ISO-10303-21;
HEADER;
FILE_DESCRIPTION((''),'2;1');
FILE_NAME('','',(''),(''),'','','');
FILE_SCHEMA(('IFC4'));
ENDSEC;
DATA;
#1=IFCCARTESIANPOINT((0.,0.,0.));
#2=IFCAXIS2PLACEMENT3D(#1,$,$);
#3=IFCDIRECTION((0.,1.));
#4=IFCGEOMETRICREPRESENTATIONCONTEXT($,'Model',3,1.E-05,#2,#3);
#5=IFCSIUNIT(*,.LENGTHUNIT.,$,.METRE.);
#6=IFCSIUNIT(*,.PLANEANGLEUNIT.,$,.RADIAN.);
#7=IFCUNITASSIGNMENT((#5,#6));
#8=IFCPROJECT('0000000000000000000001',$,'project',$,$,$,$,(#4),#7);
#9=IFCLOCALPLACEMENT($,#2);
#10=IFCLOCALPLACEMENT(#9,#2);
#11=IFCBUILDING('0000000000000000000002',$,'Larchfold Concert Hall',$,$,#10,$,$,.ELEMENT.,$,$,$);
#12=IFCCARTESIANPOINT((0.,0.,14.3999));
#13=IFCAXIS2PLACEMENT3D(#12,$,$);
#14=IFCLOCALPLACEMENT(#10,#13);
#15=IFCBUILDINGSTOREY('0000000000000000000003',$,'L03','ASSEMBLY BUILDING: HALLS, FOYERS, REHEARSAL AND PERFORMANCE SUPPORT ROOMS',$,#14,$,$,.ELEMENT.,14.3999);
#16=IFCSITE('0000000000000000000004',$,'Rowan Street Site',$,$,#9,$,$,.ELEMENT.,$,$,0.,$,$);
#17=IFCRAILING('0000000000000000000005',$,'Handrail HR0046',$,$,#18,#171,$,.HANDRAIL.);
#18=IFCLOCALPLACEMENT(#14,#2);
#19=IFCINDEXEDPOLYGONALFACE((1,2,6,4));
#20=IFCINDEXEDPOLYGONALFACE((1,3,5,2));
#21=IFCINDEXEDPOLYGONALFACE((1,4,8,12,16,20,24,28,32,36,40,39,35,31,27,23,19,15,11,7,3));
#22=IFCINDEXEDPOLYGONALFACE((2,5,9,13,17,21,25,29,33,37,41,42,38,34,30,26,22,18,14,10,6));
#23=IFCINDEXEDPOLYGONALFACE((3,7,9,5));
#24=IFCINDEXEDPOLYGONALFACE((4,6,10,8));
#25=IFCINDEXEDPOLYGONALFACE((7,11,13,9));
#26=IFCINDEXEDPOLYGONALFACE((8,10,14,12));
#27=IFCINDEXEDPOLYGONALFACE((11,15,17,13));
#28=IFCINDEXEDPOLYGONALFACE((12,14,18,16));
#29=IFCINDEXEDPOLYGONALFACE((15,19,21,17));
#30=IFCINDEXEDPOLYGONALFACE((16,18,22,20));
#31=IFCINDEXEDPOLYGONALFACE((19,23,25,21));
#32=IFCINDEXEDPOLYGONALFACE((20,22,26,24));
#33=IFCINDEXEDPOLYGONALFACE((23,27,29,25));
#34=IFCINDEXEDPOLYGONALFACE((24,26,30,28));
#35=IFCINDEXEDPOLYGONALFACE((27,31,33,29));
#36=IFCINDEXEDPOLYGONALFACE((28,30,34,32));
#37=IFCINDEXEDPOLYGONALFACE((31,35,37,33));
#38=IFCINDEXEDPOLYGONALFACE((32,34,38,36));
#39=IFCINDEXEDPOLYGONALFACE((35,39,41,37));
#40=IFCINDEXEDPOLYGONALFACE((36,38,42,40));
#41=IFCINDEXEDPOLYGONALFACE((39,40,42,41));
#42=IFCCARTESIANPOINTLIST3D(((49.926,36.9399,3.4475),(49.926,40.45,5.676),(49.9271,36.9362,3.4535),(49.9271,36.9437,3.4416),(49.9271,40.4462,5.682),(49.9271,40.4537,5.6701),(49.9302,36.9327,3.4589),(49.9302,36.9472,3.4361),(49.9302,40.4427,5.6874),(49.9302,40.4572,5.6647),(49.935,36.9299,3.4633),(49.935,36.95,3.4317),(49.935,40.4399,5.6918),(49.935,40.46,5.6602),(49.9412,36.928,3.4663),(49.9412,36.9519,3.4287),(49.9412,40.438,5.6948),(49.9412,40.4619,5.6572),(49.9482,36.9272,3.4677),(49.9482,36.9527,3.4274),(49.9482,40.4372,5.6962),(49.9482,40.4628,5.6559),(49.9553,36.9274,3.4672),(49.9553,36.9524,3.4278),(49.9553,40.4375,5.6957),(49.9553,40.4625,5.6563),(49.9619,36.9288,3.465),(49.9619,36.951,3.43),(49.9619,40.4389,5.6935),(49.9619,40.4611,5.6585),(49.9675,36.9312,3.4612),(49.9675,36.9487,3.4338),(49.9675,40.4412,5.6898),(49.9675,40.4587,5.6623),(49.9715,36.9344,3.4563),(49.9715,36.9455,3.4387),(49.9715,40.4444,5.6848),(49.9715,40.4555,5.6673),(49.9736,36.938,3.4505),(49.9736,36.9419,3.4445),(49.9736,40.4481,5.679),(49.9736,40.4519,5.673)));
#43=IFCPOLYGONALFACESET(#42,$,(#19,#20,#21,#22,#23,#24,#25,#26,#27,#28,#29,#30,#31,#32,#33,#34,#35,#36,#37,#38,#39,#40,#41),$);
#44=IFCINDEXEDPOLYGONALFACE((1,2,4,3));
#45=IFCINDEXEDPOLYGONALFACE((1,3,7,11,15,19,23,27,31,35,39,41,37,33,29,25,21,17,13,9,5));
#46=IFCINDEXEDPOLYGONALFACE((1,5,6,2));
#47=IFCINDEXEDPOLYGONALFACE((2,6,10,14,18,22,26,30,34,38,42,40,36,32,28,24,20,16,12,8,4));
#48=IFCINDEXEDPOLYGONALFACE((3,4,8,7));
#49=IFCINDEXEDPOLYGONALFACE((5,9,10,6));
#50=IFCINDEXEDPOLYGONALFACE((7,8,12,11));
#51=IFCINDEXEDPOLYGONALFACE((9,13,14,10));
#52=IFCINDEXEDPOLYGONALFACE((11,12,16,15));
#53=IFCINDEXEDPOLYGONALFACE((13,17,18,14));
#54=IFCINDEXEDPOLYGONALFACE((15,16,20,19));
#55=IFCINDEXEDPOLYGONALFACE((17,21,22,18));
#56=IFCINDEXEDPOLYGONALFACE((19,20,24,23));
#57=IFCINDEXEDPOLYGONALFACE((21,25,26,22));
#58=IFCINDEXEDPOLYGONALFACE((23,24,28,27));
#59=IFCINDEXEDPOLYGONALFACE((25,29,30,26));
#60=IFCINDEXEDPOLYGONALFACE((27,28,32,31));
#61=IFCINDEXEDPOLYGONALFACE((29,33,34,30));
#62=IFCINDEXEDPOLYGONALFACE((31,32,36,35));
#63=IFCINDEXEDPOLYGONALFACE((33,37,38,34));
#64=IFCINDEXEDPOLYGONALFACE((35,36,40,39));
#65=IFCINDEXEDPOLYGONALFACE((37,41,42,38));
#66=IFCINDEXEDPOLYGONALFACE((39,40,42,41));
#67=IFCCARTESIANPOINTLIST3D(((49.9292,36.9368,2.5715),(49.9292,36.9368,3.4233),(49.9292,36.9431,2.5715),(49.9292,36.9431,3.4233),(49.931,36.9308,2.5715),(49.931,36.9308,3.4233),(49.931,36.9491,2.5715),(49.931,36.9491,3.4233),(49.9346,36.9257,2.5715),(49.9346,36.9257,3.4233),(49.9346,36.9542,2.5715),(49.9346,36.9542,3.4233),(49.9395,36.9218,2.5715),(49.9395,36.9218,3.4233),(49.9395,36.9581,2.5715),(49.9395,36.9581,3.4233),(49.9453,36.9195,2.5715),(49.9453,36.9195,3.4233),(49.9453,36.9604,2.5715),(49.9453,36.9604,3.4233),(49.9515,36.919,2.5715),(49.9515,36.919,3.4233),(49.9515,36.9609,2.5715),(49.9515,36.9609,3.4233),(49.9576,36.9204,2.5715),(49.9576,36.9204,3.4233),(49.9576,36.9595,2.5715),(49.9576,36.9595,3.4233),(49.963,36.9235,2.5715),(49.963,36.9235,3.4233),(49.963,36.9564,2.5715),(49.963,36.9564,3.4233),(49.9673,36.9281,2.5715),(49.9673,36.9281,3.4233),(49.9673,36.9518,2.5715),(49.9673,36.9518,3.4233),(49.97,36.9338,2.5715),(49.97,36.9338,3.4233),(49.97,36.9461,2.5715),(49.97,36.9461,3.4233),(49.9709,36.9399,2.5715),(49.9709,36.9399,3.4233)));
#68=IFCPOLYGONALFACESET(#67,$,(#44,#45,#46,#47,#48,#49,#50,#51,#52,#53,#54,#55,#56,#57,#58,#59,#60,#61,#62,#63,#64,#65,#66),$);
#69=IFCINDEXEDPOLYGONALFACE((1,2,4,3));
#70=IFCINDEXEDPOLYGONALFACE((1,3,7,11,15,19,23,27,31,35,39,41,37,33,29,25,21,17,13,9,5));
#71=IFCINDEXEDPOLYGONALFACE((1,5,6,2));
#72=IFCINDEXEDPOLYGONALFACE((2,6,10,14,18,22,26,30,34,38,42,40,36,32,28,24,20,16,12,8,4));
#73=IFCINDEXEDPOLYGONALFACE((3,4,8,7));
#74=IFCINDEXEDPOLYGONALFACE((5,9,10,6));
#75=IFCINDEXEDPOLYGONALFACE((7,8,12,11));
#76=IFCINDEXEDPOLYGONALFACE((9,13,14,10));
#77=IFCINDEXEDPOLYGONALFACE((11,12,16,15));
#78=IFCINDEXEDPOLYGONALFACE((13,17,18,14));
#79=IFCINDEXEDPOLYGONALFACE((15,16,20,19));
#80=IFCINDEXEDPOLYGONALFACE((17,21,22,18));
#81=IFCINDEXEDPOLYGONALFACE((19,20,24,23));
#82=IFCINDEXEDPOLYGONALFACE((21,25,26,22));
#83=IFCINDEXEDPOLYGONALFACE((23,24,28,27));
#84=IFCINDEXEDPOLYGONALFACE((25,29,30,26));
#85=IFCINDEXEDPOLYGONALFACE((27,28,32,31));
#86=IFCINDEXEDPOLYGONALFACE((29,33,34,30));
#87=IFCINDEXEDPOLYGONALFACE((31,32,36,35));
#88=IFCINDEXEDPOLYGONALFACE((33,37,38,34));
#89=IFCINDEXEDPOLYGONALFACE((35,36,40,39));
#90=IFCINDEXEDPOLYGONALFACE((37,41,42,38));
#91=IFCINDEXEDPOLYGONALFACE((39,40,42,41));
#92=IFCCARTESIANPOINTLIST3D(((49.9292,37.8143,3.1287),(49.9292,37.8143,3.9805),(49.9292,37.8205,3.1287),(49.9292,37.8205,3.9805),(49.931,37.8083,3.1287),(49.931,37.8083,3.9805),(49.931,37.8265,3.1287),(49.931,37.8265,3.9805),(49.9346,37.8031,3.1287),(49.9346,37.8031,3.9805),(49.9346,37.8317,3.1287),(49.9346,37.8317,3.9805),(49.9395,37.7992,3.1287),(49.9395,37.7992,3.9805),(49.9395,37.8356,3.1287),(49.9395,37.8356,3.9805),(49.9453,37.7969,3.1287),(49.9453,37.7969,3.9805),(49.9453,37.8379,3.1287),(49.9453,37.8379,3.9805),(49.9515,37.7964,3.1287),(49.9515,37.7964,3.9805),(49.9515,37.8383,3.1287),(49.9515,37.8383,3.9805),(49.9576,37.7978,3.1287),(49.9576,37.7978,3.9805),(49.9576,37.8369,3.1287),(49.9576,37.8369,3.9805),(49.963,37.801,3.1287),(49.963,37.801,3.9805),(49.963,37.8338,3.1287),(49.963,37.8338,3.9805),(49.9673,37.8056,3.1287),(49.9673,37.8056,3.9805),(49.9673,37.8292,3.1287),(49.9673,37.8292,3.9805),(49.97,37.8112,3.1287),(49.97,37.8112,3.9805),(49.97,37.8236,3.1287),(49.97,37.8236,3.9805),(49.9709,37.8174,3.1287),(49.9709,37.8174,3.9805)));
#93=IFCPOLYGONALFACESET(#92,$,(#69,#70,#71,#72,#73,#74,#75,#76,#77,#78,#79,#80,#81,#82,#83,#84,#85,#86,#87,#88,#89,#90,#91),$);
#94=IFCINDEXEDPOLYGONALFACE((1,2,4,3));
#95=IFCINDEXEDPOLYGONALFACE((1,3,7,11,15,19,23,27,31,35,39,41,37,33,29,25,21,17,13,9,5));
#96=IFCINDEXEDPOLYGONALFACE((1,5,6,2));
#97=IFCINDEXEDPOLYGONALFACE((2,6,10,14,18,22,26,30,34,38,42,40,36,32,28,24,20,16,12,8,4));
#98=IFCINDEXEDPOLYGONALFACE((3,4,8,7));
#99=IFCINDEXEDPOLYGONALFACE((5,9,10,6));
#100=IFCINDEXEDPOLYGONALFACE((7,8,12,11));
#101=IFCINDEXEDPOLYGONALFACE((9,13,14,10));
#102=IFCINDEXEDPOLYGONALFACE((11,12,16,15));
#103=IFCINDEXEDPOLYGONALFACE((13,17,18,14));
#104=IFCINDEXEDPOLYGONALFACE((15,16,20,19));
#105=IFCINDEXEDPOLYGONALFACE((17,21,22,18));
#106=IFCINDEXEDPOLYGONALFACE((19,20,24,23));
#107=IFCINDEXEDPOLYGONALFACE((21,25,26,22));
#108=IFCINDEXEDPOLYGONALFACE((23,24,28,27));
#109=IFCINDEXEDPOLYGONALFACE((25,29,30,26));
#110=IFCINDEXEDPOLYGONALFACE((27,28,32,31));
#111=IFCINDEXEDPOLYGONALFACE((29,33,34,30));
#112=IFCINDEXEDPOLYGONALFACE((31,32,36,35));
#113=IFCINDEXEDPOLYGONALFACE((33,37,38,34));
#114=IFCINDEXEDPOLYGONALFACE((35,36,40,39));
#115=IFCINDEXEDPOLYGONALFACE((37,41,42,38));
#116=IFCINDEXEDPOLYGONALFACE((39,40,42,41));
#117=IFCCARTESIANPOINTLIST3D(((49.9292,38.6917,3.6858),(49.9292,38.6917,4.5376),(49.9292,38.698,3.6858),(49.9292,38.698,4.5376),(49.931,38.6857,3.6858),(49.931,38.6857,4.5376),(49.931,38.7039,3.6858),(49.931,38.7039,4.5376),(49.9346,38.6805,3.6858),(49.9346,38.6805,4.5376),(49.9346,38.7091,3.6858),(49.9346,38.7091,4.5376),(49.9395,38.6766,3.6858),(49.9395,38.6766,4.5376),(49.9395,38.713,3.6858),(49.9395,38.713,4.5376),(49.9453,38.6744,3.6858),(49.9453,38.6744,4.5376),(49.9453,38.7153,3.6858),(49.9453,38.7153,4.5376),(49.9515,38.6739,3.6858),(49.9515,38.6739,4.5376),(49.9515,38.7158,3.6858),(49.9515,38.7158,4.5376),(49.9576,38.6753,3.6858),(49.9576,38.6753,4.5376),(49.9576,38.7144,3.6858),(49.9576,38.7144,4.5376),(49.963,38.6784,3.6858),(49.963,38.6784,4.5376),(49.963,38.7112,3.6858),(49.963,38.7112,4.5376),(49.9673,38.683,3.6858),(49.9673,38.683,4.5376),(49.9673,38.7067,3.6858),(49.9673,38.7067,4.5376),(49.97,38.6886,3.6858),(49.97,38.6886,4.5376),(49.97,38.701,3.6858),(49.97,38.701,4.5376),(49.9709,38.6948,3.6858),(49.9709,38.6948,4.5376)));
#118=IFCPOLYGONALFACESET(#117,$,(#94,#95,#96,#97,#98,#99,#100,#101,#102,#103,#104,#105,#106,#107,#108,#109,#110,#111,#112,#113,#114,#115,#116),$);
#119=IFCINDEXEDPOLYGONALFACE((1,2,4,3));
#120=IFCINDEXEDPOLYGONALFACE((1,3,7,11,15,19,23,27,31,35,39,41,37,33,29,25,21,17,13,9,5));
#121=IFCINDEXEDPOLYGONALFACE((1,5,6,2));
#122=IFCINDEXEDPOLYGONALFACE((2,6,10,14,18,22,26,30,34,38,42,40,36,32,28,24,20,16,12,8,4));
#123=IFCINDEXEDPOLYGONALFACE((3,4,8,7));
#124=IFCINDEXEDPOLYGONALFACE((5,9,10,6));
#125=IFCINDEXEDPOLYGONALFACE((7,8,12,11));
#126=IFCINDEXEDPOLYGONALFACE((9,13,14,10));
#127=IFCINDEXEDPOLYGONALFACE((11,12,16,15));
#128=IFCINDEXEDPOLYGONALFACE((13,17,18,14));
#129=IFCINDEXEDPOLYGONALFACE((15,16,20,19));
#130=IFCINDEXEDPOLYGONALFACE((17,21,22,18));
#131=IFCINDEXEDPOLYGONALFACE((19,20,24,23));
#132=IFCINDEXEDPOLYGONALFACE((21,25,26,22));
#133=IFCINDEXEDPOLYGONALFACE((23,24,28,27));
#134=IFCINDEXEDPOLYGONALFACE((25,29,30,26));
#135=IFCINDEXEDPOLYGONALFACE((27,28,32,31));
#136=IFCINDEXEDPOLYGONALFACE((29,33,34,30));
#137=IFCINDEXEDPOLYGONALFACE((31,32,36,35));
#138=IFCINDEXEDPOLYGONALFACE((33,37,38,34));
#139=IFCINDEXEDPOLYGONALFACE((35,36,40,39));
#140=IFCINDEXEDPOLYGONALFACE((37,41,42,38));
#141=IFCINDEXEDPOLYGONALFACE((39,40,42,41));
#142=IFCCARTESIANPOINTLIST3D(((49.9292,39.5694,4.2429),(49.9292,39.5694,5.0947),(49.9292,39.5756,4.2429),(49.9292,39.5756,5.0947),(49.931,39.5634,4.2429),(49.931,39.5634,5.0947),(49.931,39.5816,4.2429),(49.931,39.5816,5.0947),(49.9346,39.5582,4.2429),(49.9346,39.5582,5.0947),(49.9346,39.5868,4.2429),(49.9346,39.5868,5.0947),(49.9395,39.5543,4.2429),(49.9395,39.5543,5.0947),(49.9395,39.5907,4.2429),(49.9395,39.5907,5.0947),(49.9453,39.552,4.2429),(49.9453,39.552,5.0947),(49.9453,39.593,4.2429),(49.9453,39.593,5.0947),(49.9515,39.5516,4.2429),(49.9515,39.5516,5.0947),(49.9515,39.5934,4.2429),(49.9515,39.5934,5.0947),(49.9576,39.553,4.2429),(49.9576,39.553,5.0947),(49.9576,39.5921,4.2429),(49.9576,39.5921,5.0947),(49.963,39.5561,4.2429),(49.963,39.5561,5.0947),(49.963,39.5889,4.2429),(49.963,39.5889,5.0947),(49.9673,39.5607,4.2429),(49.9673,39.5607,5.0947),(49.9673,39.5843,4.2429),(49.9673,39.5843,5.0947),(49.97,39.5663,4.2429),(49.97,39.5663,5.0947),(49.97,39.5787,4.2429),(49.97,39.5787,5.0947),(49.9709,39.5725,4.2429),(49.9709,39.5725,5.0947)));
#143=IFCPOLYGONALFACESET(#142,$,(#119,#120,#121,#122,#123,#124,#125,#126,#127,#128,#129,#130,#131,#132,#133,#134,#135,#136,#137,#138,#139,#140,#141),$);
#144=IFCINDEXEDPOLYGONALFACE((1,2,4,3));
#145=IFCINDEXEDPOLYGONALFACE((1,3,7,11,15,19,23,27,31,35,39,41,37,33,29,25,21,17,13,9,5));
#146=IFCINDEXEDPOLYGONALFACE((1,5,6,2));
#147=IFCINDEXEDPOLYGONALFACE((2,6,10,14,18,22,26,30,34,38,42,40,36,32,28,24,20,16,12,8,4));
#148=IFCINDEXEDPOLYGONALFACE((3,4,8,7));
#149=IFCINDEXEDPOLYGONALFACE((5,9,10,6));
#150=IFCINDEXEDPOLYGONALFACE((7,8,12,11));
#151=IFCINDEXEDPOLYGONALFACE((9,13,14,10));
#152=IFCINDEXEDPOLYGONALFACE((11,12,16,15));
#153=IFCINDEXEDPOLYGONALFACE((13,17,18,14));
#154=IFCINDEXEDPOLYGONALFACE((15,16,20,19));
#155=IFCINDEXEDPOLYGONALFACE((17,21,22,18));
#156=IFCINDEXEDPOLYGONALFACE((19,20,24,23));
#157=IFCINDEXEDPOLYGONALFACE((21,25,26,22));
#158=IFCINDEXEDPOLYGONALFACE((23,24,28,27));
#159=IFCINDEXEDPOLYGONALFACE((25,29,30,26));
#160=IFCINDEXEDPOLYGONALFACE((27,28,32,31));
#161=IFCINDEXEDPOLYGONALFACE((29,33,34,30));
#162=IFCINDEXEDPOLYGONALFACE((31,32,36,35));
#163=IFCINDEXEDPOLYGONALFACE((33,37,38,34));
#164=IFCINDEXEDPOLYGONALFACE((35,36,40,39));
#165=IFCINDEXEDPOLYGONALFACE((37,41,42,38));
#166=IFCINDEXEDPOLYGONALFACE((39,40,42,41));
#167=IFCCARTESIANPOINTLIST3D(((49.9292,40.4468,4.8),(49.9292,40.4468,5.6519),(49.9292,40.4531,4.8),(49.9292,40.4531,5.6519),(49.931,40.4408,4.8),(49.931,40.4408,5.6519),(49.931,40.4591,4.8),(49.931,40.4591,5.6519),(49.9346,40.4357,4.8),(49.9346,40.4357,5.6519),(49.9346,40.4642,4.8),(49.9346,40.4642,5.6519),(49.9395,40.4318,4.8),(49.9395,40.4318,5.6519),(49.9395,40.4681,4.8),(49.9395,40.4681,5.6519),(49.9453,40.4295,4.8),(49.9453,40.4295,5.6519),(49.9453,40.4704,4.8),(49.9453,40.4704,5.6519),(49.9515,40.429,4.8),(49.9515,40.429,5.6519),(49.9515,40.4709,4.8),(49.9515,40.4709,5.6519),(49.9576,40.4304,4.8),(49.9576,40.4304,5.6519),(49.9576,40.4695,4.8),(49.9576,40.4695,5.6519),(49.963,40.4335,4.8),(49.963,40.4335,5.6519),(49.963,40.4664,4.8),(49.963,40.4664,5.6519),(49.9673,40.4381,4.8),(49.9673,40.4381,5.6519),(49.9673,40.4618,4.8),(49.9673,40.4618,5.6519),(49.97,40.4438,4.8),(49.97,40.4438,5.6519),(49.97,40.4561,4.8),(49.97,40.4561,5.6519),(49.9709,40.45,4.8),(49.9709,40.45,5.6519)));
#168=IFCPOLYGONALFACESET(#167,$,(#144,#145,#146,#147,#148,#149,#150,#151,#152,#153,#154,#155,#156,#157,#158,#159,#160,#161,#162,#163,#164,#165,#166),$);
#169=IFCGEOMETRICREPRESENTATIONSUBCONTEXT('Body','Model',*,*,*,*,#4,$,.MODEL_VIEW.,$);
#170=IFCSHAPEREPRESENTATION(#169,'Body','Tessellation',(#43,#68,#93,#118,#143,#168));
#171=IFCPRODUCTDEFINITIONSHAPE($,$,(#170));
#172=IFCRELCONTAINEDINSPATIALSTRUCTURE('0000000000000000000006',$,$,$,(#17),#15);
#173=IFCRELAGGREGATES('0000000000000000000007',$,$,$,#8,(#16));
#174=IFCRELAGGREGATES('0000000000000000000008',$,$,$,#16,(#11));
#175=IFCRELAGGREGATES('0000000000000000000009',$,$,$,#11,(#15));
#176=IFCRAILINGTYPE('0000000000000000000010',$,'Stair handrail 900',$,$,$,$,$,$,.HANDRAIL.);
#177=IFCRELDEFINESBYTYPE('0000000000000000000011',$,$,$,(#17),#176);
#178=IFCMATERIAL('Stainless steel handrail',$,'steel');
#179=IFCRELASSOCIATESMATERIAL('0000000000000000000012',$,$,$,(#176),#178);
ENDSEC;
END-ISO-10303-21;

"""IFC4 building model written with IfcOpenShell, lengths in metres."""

from ifc_helpers import new_model, si_unit, direction, frame, origin, origin_2d, place, context, subcontext, project, spatial, circle, extrude, material, type_object, element, save


model = new_model("IFC4")

# Units and contexts
model_context = context("Model", 3, precision=1e-05, world=origin(), true_north=direction((0.0, 1.0)))
body_context = subcontext(model_context, "Body", "Model", "MODEL_VIEW")
ifc_project = project(units=[si_unit("LENGTHUNIT", "METRE"), si_unit("PLANEANGLEUNIT", "RADIAN")], contexts=[model_context])

# Site, building, storey
site_placement = place(None, origin())
site = spatial("IfcSite", under=ifc_project, at=site_placement, Name="Rowan Street Site", CompositionType="ELEMENT", RefElevation=0.0)
building_placement = place(site_placement, origin())
building = spatial("IfcBuilding", under=site, at=building_placement, Name="Larchfold Concert Hall", CompositionType="ELEMENT")
storey_placement = place(building_placement, frame((0.0, 0.0, 14.3999)))
storey = spatial("IfcBuildingStorey", under=building, at=storey_placement, Name="L03", Description="ASSEMBLY BUILDING: HALLS, FOYERS, REHEARSAL AND PERFORMANCE SUPPORT ROOMS", CompositionType="ELEMENT", Elevation=14.3999)

# Railing
ifc_material_1 = material(Name="Stainless steel handrail", Category="steel")
railing_type_1 = type_object("IfcRailingType", Name="Stair handrail 900", PredefinedType="HANDRAIL", material=ifc_material_1)
railing_1_placement = place(storey_placement, frame((49.95, 36.9399, 2.5715)))
element("IfcRailing", 1, at=railing_1_placement, inside=storey, type_object=railing_type_1, Name="Handrail HR0046", PredefinedType="HANDRAIL", context=body_context, shape_type="SweptSolid", body=[
    extrude(circle(Radius=0.0239, at=origin_2d()), frame((0.0, 0.0, 0.876), z_axis=(0.0, 0.84422, 0.535998), x_axis=(-1.0, 0.0, 0.0)), (0.0, 0.0, 1.0), 4.1577),
    extrude(circle(Radius=0.021, at=origin_2d()), origin(), (0.0, 0.0, 1.0), 0.8518),
    extrude(circle(Radius=0.021, at=origin_2d()), frame((0.0, 0.8774, 0.5571)), (0.0, 0.0, 1.0), 0.8518),
    extrude(circle(Radius=0.021, at=origin_2d()), frame((0.0, 1.7549, 1.1143)), (0.0, 0.0, 1.0), 0.8518),
    extrude(circle(Radius=0.021, at=origin_2d()), frame((0.0, 2.6326, 1.6714)), (0.0, 0.0, 1.0), 0.8518),
    extrude(circle(Radius=0.021, at=origin_2d()), frame((0.0, 3.51, 2.2285)), (0.0, 0.0, 1.0), 0.8518),
])

save(model, "model.ifc")
